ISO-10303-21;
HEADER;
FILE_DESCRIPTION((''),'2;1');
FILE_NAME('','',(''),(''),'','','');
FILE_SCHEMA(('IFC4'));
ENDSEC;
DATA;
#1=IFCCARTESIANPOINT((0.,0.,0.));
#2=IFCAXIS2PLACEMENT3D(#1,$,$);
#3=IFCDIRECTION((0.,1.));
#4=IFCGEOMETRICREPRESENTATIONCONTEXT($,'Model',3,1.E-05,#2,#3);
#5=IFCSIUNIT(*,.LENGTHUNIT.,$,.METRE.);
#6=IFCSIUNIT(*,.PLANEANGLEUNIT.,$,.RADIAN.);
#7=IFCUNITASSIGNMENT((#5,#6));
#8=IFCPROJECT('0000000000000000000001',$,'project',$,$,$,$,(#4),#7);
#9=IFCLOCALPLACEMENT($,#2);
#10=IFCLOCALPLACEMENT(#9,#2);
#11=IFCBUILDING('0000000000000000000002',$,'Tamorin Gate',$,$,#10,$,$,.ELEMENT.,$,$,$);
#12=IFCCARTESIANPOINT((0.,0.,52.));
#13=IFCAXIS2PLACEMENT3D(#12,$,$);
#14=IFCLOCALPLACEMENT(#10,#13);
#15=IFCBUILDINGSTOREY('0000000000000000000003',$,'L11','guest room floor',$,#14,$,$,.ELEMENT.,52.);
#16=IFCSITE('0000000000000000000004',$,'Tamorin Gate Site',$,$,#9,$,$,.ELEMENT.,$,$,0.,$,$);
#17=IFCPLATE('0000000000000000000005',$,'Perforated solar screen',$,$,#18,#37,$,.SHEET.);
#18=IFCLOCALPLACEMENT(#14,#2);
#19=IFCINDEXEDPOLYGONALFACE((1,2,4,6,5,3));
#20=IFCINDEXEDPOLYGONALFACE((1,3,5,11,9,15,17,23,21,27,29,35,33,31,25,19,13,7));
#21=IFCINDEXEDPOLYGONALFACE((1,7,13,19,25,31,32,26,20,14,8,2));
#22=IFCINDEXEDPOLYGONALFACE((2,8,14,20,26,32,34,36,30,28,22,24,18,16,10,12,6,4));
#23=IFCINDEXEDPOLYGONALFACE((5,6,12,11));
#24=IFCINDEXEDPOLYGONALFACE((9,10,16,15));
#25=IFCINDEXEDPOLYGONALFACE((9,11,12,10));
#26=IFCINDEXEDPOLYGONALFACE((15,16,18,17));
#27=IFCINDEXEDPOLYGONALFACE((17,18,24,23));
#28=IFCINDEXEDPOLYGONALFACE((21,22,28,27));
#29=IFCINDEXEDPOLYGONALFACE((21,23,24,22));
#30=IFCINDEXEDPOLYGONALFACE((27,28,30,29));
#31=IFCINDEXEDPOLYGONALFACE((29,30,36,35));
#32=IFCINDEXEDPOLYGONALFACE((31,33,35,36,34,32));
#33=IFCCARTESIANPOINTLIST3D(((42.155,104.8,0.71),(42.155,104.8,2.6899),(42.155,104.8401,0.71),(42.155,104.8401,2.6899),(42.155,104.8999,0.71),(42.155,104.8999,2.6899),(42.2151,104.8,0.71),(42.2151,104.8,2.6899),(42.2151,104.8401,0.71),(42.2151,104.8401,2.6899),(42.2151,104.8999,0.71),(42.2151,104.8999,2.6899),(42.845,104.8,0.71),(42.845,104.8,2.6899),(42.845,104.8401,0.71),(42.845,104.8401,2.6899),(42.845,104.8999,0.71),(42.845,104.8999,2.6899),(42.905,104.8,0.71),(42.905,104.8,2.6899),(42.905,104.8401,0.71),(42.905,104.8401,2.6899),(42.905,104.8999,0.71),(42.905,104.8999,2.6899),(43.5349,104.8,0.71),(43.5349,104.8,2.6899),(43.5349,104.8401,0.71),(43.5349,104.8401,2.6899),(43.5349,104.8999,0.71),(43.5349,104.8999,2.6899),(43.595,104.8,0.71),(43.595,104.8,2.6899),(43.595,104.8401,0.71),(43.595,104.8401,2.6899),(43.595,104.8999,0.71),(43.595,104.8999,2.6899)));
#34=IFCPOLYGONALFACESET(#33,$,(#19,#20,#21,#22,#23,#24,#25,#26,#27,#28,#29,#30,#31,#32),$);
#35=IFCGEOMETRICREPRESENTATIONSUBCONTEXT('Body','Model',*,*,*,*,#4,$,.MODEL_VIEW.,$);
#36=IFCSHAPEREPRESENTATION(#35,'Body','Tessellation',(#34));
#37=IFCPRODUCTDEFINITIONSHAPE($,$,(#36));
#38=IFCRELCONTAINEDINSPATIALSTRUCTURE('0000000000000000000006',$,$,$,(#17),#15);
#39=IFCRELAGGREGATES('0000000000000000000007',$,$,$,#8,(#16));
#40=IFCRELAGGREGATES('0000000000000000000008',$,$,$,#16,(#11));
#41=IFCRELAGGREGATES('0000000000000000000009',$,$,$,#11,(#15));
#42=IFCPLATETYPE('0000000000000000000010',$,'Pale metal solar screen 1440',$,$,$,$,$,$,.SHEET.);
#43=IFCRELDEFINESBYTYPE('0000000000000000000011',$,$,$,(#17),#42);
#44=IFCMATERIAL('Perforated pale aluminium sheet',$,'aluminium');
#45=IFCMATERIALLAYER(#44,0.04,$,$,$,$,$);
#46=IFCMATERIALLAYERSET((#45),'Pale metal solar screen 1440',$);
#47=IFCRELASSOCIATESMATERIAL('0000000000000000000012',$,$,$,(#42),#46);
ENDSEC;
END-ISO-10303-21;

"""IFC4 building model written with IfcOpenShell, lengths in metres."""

from ifc_helpers import new_model, si_unit, direction, frame, origin, place, context, subcontext, project, spatial, polyline, outline, extrude, material, layer, layer_set, type_object, element, save


model = new_model("IFC4")

# Units and contexts
model_context = context("Model", 3, precision=1e-05, world=origin(), true_north=direction((0.0, 1.0)))
body_context = subcontext(model_context, "Body", "Model", "MODEL_VIEW")
ifc_project = project(units=[si_unit("LENGTHUNIT", "METRE"), si_unit("PLANEANGLEUNIT", "RADIAN")], contexts=[model_context])

# Site, building, storey
site_placement = place(None, origin())
site = spatial("IfcSite", under=ifc_project, at=site_placement, Name="Tamorin Gate Site", CompositionType="ELEMENT", RefElevation=0.0)
building_placement = place(site_placement, origin())
building = spatial("IfcBuilding", under=site, at=building_placement, Name="Tamorin Gate", CompositionType="ELEMENT")
storey_placement = place(building_placement, frame((0.0, 0.0, 52.0)))
storey = spatial("IfcBuildingStorey", under=building, at=storey_placement, Name="L11", Description="guest room floor", CompositionType="ELEMENT", Elevation=52.0)

# Plate
ifc_material = material(Name="Perforated pale aluminium sheet", Category="aluminium")
ifc_layer = layer(ifc_material, 0.04)
ifc_layer_set = layer_set([ifc_layer], Name="Pale metal solar screen 1440")
plate_type = type_object("IfcPlateType", Name="Pale metal solar screen 1440", PredefinedType="SHEET", material=ifc_layer_set)
plate_1_placement = place(storey_placement, frame((0.0, 0.0, 0.71)))
element("IfcPlate", 1, at=plate_1_placement, inside=storey, type_object=plate_type, Name="Perforated solar screen", PredefinedType="SHEET", context=body_context, shape_type="SweptSolid", body=[
    extrude(outline(polyline([(43.595, 104.8401), (43.595, 104.8), (43.5349, 104.8), (42.905, 104.8), (42.845, 104.8), (42.2151, 104.8), (42.155, 104.8), (42.155, 104.8401), (42.155, 104.8999), (42.2151, 104.8999), (42.2151, 104.8401), (42.845, 104.8401), (42.845, 104.8999), (42.905, 104.8999), (42.905, 104.8401), (43.5349, 104.8401), (43.5349, 104.8999), (43.595, 104.8999), (43.595, 104.8401)])), origin(), (0.0, 0.0, 1.0), 1.98),
])

save(model, "model.ifc")
